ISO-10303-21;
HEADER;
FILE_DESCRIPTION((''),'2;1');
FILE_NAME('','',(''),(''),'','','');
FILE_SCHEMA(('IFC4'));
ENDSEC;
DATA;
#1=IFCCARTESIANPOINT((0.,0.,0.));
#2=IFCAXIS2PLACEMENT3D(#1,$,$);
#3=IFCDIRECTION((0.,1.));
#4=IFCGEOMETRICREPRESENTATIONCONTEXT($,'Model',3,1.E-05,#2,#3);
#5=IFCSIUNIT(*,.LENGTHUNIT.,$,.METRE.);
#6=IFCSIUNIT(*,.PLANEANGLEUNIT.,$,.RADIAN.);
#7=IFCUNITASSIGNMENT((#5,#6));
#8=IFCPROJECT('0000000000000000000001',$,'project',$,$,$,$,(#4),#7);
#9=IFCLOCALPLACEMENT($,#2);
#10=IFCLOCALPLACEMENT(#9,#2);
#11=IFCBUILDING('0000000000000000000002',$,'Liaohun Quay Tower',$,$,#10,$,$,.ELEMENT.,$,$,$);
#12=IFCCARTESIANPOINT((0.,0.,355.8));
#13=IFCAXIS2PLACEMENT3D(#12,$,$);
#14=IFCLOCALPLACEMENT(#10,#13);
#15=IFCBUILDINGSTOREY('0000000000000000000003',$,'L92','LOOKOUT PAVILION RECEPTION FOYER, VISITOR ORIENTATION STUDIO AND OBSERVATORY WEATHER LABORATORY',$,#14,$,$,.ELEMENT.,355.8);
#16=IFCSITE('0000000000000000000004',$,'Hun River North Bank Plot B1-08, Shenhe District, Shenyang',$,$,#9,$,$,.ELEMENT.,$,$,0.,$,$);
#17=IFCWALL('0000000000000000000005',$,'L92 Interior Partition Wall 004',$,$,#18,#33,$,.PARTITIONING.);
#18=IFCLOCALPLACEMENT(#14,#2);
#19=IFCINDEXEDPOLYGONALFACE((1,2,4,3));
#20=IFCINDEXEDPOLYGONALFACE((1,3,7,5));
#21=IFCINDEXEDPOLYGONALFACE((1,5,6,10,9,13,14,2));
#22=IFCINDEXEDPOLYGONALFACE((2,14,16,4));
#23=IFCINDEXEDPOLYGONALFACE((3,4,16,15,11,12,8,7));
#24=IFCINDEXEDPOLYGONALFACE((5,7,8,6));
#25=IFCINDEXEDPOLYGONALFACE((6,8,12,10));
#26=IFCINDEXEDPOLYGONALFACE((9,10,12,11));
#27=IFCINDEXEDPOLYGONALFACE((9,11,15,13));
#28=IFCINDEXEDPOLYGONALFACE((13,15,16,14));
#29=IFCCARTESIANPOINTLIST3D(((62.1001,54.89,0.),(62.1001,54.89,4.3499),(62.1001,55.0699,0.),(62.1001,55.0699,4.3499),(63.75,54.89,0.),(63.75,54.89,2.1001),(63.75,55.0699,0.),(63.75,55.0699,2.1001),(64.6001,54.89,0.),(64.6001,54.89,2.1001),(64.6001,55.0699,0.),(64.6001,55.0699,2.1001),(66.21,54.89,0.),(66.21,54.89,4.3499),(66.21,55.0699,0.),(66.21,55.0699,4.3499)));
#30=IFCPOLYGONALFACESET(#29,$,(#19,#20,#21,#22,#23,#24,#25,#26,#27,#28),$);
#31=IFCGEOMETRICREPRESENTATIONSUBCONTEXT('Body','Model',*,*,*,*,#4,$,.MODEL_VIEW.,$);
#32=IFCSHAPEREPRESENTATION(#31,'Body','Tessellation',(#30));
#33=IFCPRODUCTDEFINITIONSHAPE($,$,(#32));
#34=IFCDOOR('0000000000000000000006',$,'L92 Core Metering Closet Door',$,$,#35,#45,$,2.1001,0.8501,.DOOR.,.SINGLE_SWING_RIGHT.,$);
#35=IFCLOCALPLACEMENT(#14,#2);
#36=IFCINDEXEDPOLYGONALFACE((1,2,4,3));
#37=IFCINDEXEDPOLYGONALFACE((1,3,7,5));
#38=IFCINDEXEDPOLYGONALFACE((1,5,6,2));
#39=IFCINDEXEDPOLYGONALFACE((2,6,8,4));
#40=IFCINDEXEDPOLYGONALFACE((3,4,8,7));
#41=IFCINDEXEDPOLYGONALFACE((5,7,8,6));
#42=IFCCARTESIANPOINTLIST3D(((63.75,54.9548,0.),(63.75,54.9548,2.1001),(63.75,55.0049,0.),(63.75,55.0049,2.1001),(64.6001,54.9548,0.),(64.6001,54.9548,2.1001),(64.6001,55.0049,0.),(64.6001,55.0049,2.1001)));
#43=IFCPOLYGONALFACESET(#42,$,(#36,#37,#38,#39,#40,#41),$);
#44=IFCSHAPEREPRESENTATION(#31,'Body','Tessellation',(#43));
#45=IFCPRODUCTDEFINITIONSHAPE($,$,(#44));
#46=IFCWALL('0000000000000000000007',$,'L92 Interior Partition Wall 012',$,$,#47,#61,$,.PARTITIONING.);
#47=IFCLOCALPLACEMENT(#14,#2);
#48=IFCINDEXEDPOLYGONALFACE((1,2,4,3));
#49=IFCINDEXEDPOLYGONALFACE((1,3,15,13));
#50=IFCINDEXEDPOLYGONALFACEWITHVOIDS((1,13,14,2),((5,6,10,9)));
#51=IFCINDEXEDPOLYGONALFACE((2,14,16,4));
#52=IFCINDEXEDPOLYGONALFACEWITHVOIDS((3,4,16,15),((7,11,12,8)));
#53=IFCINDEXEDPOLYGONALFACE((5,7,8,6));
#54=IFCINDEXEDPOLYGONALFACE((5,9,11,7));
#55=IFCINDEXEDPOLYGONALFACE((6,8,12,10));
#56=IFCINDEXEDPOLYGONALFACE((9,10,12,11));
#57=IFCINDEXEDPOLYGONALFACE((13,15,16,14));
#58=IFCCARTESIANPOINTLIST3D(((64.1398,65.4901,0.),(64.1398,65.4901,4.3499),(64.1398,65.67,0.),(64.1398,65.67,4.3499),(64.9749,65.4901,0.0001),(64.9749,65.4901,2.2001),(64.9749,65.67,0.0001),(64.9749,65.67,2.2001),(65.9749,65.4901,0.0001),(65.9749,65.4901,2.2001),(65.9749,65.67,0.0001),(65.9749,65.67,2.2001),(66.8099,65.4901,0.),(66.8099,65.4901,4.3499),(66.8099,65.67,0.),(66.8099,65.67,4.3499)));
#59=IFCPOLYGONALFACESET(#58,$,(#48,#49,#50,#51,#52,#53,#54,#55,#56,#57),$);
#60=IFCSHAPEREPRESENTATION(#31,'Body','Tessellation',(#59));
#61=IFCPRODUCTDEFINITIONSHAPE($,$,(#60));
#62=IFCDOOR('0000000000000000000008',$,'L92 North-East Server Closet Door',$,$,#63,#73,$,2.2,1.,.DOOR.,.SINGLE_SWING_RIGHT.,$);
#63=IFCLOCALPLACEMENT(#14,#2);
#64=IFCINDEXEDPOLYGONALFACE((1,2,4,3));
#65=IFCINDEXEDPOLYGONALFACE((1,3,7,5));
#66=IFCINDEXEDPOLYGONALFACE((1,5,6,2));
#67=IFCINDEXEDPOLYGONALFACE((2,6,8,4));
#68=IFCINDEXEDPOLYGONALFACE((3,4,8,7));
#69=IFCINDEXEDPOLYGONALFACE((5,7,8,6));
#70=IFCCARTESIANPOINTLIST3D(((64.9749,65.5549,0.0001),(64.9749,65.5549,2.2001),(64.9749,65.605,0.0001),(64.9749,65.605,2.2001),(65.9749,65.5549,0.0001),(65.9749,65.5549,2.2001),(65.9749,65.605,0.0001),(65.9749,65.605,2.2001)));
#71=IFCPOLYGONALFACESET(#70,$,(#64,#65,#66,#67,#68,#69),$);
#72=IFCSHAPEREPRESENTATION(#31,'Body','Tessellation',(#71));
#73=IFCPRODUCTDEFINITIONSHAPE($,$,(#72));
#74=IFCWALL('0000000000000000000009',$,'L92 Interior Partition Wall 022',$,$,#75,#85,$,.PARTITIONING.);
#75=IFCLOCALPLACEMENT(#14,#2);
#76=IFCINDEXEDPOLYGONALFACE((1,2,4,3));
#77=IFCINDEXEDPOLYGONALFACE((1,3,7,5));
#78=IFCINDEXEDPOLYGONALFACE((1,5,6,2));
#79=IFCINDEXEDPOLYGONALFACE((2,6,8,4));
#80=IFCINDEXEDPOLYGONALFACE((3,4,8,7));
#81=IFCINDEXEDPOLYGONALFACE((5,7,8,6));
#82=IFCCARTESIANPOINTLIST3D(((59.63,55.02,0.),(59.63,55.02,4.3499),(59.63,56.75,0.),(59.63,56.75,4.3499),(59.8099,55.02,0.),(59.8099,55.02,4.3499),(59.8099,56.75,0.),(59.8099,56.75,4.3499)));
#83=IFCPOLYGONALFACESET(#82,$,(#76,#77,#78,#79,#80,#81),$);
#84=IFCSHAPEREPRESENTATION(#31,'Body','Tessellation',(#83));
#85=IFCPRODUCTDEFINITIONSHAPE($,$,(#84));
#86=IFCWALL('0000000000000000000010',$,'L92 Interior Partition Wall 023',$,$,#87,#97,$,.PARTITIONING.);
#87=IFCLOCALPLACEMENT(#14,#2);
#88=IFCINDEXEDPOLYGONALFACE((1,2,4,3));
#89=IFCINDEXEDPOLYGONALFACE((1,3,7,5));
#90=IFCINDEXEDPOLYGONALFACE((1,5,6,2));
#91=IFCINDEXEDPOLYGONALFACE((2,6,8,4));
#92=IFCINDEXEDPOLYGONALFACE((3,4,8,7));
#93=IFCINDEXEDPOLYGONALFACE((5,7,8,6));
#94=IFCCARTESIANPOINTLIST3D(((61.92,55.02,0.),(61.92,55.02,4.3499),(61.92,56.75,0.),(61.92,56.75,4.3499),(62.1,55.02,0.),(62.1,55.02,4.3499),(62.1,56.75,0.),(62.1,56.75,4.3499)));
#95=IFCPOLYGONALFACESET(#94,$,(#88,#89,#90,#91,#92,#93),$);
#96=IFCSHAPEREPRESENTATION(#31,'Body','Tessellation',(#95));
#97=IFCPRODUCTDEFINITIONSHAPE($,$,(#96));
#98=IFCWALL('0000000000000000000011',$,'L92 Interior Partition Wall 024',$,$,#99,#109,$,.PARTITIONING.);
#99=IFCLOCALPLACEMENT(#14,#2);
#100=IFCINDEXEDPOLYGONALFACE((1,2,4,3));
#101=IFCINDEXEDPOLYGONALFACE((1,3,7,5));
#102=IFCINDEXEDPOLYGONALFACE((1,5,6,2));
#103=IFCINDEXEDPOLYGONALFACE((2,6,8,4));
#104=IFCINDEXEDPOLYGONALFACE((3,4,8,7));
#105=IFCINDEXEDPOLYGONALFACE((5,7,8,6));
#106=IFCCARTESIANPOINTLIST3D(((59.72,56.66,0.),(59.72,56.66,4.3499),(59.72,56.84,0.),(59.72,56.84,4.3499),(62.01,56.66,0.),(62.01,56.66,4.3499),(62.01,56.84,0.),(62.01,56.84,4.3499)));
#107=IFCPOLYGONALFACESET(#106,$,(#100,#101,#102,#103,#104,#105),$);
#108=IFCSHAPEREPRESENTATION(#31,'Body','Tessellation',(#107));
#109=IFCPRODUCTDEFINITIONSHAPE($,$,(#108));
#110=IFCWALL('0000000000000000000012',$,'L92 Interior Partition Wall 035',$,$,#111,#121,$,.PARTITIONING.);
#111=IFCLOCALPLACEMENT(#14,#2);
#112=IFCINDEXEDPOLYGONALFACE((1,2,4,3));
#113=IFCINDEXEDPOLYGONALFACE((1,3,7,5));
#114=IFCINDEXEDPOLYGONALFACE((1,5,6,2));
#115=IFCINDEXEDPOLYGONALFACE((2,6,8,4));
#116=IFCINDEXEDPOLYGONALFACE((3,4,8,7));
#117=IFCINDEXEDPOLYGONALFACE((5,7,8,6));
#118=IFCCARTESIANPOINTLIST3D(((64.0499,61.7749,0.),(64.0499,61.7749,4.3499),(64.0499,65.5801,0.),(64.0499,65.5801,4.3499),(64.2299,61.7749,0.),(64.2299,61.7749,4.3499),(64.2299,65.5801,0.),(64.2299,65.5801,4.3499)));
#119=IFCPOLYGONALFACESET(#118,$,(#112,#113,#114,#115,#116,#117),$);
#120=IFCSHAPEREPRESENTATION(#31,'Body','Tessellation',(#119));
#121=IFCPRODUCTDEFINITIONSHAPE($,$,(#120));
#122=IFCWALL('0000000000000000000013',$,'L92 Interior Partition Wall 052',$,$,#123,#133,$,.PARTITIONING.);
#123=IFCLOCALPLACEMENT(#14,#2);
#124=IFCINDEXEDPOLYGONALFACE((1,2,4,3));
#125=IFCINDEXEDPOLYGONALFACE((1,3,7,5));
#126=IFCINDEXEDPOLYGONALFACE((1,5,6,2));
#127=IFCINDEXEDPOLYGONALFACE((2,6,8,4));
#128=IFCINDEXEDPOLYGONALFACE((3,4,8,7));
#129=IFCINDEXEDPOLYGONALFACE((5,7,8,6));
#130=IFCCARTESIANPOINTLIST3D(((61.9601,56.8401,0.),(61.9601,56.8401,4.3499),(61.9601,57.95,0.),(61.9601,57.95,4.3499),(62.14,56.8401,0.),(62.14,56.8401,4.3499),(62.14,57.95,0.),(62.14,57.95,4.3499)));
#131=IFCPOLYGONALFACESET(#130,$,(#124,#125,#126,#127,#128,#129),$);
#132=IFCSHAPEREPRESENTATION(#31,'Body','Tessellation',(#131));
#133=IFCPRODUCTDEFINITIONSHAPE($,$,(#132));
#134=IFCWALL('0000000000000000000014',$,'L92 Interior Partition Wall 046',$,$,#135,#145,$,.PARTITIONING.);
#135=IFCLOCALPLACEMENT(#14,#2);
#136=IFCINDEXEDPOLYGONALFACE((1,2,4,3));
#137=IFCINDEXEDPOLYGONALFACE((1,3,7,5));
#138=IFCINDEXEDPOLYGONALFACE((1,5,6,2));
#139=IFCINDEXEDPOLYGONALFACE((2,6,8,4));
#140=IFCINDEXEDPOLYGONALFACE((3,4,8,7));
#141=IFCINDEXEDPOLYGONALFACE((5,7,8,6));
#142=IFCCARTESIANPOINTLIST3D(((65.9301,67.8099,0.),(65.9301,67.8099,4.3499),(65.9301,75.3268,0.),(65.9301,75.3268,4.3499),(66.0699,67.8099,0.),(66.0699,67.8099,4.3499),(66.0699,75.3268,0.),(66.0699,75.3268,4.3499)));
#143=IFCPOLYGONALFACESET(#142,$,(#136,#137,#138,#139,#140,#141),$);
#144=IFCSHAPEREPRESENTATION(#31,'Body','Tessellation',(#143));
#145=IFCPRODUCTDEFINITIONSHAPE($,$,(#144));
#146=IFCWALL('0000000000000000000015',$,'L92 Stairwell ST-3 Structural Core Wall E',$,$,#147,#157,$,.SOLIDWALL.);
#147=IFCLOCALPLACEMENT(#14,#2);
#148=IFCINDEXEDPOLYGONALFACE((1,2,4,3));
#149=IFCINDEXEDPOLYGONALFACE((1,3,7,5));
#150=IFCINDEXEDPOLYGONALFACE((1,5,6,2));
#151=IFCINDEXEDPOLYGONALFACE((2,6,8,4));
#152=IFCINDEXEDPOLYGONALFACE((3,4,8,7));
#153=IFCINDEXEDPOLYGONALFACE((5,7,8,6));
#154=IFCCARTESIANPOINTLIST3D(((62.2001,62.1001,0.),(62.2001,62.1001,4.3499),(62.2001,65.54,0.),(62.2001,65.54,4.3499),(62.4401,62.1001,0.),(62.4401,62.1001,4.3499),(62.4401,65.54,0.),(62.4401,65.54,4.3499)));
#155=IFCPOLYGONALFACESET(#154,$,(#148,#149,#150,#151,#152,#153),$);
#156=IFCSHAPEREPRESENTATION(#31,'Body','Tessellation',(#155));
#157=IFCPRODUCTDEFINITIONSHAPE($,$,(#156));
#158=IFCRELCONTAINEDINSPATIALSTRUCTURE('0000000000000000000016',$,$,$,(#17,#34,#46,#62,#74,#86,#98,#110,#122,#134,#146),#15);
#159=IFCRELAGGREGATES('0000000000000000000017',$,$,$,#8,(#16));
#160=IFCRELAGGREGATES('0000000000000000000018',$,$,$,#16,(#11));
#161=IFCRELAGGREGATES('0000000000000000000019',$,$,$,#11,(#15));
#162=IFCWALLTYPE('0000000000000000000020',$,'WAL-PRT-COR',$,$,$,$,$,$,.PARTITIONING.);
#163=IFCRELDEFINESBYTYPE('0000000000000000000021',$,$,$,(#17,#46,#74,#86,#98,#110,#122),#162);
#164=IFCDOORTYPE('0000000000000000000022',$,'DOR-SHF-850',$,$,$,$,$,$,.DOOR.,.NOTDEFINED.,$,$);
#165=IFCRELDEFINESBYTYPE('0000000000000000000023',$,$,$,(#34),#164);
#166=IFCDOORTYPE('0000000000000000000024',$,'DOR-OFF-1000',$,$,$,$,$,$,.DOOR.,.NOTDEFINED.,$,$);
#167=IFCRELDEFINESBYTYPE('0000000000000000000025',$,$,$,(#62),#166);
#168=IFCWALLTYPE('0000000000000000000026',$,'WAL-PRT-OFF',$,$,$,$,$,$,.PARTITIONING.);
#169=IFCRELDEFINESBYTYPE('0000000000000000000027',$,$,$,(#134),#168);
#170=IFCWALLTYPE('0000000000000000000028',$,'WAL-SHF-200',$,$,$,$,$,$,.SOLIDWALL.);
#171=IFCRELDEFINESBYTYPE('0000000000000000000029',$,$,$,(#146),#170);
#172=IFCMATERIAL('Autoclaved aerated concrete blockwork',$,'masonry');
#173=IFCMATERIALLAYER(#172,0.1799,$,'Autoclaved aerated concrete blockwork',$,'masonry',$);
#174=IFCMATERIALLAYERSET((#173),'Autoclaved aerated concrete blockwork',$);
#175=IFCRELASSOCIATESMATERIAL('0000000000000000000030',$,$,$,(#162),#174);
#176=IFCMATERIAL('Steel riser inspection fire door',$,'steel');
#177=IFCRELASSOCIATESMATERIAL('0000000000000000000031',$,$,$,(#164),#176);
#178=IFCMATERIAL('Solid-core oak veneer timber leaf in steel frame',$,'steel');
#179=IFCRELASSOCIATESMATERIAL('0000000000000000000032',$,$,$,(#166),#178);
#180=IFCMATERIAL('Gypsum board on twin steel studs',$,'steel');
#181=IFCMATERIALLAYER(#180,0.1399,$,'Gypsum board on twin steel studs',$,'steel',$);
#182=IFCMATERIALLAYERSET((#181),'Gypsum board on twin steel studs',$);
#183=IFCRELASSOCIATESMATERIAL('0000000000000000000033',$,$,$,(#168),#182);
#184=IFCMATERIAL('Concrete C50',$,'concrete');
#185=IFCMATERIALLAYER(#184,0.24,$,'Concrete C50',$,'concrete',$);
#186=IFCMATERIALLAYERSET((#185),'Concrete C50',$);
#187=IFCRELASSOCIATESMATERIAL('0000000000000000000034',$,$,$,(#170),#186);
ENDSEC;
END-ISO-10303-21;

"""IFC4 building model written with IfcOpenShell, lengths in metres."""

from ifc_helpers import new_model, si_unit, direction, frame, frame_2d, origin, place, context, subcontext, project, spatial, rectangle, extrude, source, transform, mapped, material, layer, layer_set, type_object, element, fill, save


model = new_model("IFC4")

# Units and contexts
model_context = context("Model", 3, precision=1e-05, world=origin(), true_north=direction((0.0, 1.0)))
body_context = subcontext(model_context, "Body", "Model", "MODEL_VIEW")
ifc_project = project(units=[si_unit("LENGTHUNIT", "METRE"), si_unit("PLANEANGLEUNIT", "RADIAN")], contexts=[model_context])

# Site, building, storey
site_placement = place(None, origin())
site = spatial("IfcSite", under=ifc_project, at=site_placement, Name="Hun River North Bank Plot B1-08, Shenhe District, Shenyang", CompositionType="ELEMENT", RefElevation=0.0)
building_placement = place(site_placement, origin())
building = spatial("IfcBuilding", under=site, at=building_placement, Name="Liaohun Quay Tower", CompositionType="ELEMENT")
storey_placement = place(building_placement, frame((0.0, 0.0, 355.8)))
storey = spatial("IfcBuildingStorey", under=building, at=storey_placement, Name="L92", Description="LOOKOUT PAVILION RECEPTION FOYER, VISITOR ORIENTATION STUDIO AND OBSERVATORY WEATHER LABORATORY", CompositionType="ELEMENT", Elevation=355.8)

# Shared definitions
ifc_material_1 = material(Name="Concrete C50", Category="concrete")

# Walls, openings, doors
ifc_material_2 = material(Name="Autoclaved aerated concrete blockwork", Category="masonry")
ifc_layer_1 = layer(ifc_material_2, 0.1799, Name="Autoclaved aerated concrete blockwork", Category="masonry")
ifc_layer_set_1 = layer_set([ifc_layer_1], Name="Autoclaved aerated concrete blockwork")
wall_type_1 = type_object("IfcWallType", Name="WAL-PRT-COR", PredefinedType="PARTITIONING", material=ifc_layer_set_1)
wall_1_placement = place(storey_placement, frame((62.1001, 54.98, 0.0), z_axis=(0.0, 0.0, 1.0), x_axis=(1.0, 0.0, 0.0)))
wall_1 = element("IfcWall", 1, at=wall_1_placement, inside=storey, type_object=wall_type_1, Name="L92 Interior Partition Wall 004", PredefinedType="PARTITIONING", context=body_context, shape_type="SweptSolid", body=[
    extrude(rectangle(XDim=4.1099, YDim=0.1799, at=frame_2d((2.0549, 0.0))), origin(), (0.0, 0.0, 1.0), 4.3499),
])
shared_shape_1 = source(origin(), body_context, "Body", "SweptSolid", [
    extrude(rectangle(XDim=0.8501, YDim=2.1001, at=frame_2d((0.425, 1.05))), frame((0.0, 0.0999, 0.0), z_axis=(0.0, -1.0, 0.0), x_axis=(1.0, 0.0, 0.0)), (0.0, 0.0, 1.0), 0.2),
])
opening_1_placement = place(wall_1_placement, frame((1.6499, 0.0, 0.0)))
opening_1 = element("IfcOpeningElement", 2, at=opening_1_placement, cuts=wall_1, PredefinedType="OPENING", context=body_context, shape_type="MappedRepresentation", body=[
    mapped(shared_shape_1, transform((0.0, 0.0, 0.0), x_axis=(1.0, 0.0, 0.0), y_axis=(0.0, 1.0, 0.0), z_axis=(0.0, 0.0, 1.0), scale=1.0)),
])
ifc_material_3 = material(Name="Steel riser inspection fire door", Category="steel")
door_type_1 = type_object("IfcDoorType", Name="DOR-SHF-850", OperationType="NOTDEFINED", PredefinedType="DOOR", material=ifc_material_3)
shared_shape_2 = source(origin(), body_context, "Body", "SweptSolid", [
    extrude(rectangle(XDim=0.8501, YDim=2.1001, at=frame_2d((0.425, 1.05))), frame((0.0, 0.0249, 0.0), z_axis=(0.0, -1.0, 0.0), x_axis=(1.0, 0.0, 0.0)), (0.0, 0.0, 1.0), 0.05),
])
door_1_placement = place(opening_1_placement, origin())
door_1 = element("IfcDoor", 3, at=door_1_placement, inside=storey, type_object=door_type_1, Name="L92 Core Metering Closet Door", OperationType="SINGLE_SWING_RIGHT", OverallHeight=2.1001, OverallWidth=0.8501, PredefinedType="DOOR", context=body_context, shape_type="MappedRepresentation", body=[
    mapped(shared_shape_2, transform((0.0, 0.0, 0.0), x_axis=(1.0, 0.0, 0.0), y_axis=(0.0, 1.0, 0.0), z_axis=(0.0, 0.0, 1.0), scale=1.0)),
])
fill(opening_1, door_1)
wall_2_placement = place(storey_placement, frame((64.1399, 65.5801, 0.0), z_axis=(0.0, 0.0, 1.0), x_axis=(1.0, 0.0, 0.0)))
wall_2 = element("IfcWall", 4, at=wall_2_placement, inside=storey, type_object=wall_type_1, Name="L92 Interior Partition Wall 012", PredefinedType="PARTITIONING", context=body_context, shape_type="SweptSolid", body=[
    extrude(rectangle(XDim=2.6702, YDim=0.1799, at=frame_2d((1.335, 0.0))), origin(), (0.0, 0.0, 1.0), 4.3499),
])
shared_shape_3 = source(origin(), body_context, "Body", "SweptSolid", [
    extrude(rectangle(XDim=1.0, YDim=2.2, at=frame_2d((0.5, 1.1001))), frame((0.0, 0.0999, 0.0), z_axis=(0.0, -1.0, 0.0), x_axis=(1.0, 0.0, 0.0)), (0.0, 0.0, 1.0), 0.2),
])
opening_2_placement = place(wall_2_placement, frame((0.835, 0.0, 0.0)))
opening_2 = element("IfcOpeningElement", 5, at=opening_2_placement, cuts=wall_2, PredefinedType="OPENING", context=body_context, shape_type="MappedRepresentation", body=[
    mapped(shared_shape_3, transform((0.0, 0.0, 0.0), x_axis=(1.0, 0.0, 0.0), y_axis=(0.0, 1.0, 0.0), z_axis=(0.0, 0.0, 1.0), scale=1.0)),
])
ifc_material_4 = material(Name="Solid-core oak veneer timber leaf in steel frame", Category="steel")
door_type_2 = type_object("IfcDoorType", Name="DOR-OFF-1000", OperationType="NOTDEFINED", PredefinedType="DOOR", material=ifc_material_4)
shared_shape_4 = source(origin(), body_context, "Body", "SweptSolid", [
    extrude(rectangle(XDim=1.0, YDim=2.2, at=frame_2d((0.5, 1.1001))), frame((0.0, 0.0249, 0.0), z_axis=(0.0, -1.0, 0.0), x_axis=(1.0, 0.0, 0.0)), (0.0, 0.0, 1.0), 0.05),
])
door_2_placement = place(opening_2_placement, origin())
door_2 = element("IfcDoor", 6, at=door_2_placement, inside=storey, type_object=door_type_2, Name="L92 North-East Server Closet Door", OperationType="SINGLE_SWING_RIGHT", OverallHeight=2.2, OverallWidth=1.0, PredefinedType="DOOR", context=body_context, shape_type="MappedRepresentation", body=[
    mapped(shared_shape_4, transform((0.0, 0.0, 0.0), x_axis=(1.0, 0.0, 0.0), y_axis=(0.0, 1.0, 0.0), z_axis=(0.0, 0.0, 1.0), scale=1.0)),
])
fill(opening_2, door_2)

# Walls
for number, where, z_axis, x_axis, name in (
    (7, (59.72, 55.02, 0.0), (0.0, 0.0, 1.0), (0.0, 1.0, 0.0), "L92 Interior Partition Wall 022"),
    (8, (62.01, 55.02, 0.0), (0.0, 0.0, 1.0), (0.0, 1.0, 0.0), "L92 Interior Partition Wall 023"),
):
    element("IfcWall", number, at=place(storey_placement, frame(where, z_axis=z_axis, x_axis=x_axis)), inside=storey, type_object=wall_type_1, Name=name, PredefinedType="PARTITIONING", context=body_context, shape_type="SweptSolid", body=[
        extrude(rectangle(XDim=1.73, YDim=0.1799, at=frame_2d((0.865, 0.0))), origin(), (0.0, 0.0, 1.0), 4.3499),
    ])
wall_3_placement = place(storey_placement, frame((59.72, 56.75, 0.0), z_axis=(0.0, 0.0, 1.0), x_axis=(1.0, 0.0, 0.0)))
element("IfcWall", 9, at=wall_3_placement, inside=storey, type_object=wall_type_1, Name="L92 Interior Partition Wall 024", PredefinedType="PARTITIONING", context=body_context, shape_type="SweptSolid", body=[
    extrude(rectangle(XDim=2.29, YDim=0.1799, at=frame_2d((1.145, 0.0))), origin(), (0.0, 0.0, 1.0), 4.3499),
])
wall_4_placement = place(storey_placement, frame((64.1399, 61.7749, 0.0), z_axis=(0.0, 0.0, 1.0), x_axis=(0.0, 1.0, 0.0)))
element("IfcWall", 10, at=wall_4_placement, inside=storey, type_object=wall_type_1, Name="L92 Interior Partition Wall 035", PredefinedType="PARTITIONING", context=body_context, shape_type="SweptSolid", body=[
    extrude(rectangle(XDim=3.8052, YDim=0.1799, at=frame_2d((1.9026, 0.0))), origin(), (0.0, 0.0, 1.0), 4.3499),
])
wall_5_placement = place(storey_placement, frame((62.05, 56.8401, 0.0), z_axis=(0.0, 0.0, 1.0), x_axis=(0.0, 1.0, 0.0)))
element("IfcWall", 11, at=wall_5_placement, inside=storey, type_object=wall_type_1, Name="L92 Interior Partition Wall 052", PredefinedType="PARTITIONING", context=body_context, shape_type="SweptSolid", body=[
    extrude(rectangle(XDim=1.1099, YDim=0.1799, at=frame_2d((0.5549, 0.0))), origin(), (0.0, 0.0, 1.0), 4.3499),
])
ifc_material_5 = material(Name="Gypsum board on twin steel studs", Category="steel")
ifc_layer_2 = layer(ifc_material_5, 0.1399, Name="Gypsum board on twin steel studs", Category="steel")
ifc_layer_set_2 = layer_set([ifc_layer_2], Name="Gypsum board on twin steel studs")
wall_type_2 = type_object("IfcWallType", Name="WAL-PRT-OFF", PredefinedType="PARTITIONING", material=ifc_layer_set_2)
wall_6_placement = place(storey_placement, frame((66.0, 67.8101, 0.0), z_axis=(0.0, 0.0, 1.0), x_axis=(0.0, 1.0, 0.0)))
element("IfcWall", 12, at=wall_6_placement, inside=storey, type_object=wall_type_2, Name="L92 Interior Partition Wall 046", PredefinedType="PARTITIONING", context=body_context, shape_type="SweptSolid", body=[
    extrude(rectangle(XDim=7.5168, YDim=0.1399, at=frame_2d((3.7583, 0.0))), origin(), (0.0, 0.0, 1.0), 4.3499),
])
ifc_layer_3 = layer(ifc_material_1, 0.24, Name="Concrete C50", Category="concrete")
ifc_layer_set_3 = layer_set([ifc_layer_3], Name="Concrete C50")
wall_type_3 = type_object("IfcWallType", Name="WAL-SHF-200", PredefinedType="SOLIDWALL", material=ifc_layer_set_3)
wall_7_placement = place(storey_placement, frame((62.3201, 62.1001, 0.0), z_axis=(0.0, 0.0, 1.0), x_axis=(0.0, 1.0, 0.0)))
element("IfcWall", 13, at=wall_7_placement, inside=storey, type_object=wall_type_3, Name="L92 Stairwell ST-3 Structural Core Wall E", PredefinedType="SOLIDWALL", context=body_context, shape_type="SweptSolid", body=[
    extrude(rectangle(XDim=3.4399, YDim=0.24, at=frame_2d((1.72, 0.0))), origin(), (0.0, 0.0, 1.0), 4.3499),
])

save(model, "model.ifc")
